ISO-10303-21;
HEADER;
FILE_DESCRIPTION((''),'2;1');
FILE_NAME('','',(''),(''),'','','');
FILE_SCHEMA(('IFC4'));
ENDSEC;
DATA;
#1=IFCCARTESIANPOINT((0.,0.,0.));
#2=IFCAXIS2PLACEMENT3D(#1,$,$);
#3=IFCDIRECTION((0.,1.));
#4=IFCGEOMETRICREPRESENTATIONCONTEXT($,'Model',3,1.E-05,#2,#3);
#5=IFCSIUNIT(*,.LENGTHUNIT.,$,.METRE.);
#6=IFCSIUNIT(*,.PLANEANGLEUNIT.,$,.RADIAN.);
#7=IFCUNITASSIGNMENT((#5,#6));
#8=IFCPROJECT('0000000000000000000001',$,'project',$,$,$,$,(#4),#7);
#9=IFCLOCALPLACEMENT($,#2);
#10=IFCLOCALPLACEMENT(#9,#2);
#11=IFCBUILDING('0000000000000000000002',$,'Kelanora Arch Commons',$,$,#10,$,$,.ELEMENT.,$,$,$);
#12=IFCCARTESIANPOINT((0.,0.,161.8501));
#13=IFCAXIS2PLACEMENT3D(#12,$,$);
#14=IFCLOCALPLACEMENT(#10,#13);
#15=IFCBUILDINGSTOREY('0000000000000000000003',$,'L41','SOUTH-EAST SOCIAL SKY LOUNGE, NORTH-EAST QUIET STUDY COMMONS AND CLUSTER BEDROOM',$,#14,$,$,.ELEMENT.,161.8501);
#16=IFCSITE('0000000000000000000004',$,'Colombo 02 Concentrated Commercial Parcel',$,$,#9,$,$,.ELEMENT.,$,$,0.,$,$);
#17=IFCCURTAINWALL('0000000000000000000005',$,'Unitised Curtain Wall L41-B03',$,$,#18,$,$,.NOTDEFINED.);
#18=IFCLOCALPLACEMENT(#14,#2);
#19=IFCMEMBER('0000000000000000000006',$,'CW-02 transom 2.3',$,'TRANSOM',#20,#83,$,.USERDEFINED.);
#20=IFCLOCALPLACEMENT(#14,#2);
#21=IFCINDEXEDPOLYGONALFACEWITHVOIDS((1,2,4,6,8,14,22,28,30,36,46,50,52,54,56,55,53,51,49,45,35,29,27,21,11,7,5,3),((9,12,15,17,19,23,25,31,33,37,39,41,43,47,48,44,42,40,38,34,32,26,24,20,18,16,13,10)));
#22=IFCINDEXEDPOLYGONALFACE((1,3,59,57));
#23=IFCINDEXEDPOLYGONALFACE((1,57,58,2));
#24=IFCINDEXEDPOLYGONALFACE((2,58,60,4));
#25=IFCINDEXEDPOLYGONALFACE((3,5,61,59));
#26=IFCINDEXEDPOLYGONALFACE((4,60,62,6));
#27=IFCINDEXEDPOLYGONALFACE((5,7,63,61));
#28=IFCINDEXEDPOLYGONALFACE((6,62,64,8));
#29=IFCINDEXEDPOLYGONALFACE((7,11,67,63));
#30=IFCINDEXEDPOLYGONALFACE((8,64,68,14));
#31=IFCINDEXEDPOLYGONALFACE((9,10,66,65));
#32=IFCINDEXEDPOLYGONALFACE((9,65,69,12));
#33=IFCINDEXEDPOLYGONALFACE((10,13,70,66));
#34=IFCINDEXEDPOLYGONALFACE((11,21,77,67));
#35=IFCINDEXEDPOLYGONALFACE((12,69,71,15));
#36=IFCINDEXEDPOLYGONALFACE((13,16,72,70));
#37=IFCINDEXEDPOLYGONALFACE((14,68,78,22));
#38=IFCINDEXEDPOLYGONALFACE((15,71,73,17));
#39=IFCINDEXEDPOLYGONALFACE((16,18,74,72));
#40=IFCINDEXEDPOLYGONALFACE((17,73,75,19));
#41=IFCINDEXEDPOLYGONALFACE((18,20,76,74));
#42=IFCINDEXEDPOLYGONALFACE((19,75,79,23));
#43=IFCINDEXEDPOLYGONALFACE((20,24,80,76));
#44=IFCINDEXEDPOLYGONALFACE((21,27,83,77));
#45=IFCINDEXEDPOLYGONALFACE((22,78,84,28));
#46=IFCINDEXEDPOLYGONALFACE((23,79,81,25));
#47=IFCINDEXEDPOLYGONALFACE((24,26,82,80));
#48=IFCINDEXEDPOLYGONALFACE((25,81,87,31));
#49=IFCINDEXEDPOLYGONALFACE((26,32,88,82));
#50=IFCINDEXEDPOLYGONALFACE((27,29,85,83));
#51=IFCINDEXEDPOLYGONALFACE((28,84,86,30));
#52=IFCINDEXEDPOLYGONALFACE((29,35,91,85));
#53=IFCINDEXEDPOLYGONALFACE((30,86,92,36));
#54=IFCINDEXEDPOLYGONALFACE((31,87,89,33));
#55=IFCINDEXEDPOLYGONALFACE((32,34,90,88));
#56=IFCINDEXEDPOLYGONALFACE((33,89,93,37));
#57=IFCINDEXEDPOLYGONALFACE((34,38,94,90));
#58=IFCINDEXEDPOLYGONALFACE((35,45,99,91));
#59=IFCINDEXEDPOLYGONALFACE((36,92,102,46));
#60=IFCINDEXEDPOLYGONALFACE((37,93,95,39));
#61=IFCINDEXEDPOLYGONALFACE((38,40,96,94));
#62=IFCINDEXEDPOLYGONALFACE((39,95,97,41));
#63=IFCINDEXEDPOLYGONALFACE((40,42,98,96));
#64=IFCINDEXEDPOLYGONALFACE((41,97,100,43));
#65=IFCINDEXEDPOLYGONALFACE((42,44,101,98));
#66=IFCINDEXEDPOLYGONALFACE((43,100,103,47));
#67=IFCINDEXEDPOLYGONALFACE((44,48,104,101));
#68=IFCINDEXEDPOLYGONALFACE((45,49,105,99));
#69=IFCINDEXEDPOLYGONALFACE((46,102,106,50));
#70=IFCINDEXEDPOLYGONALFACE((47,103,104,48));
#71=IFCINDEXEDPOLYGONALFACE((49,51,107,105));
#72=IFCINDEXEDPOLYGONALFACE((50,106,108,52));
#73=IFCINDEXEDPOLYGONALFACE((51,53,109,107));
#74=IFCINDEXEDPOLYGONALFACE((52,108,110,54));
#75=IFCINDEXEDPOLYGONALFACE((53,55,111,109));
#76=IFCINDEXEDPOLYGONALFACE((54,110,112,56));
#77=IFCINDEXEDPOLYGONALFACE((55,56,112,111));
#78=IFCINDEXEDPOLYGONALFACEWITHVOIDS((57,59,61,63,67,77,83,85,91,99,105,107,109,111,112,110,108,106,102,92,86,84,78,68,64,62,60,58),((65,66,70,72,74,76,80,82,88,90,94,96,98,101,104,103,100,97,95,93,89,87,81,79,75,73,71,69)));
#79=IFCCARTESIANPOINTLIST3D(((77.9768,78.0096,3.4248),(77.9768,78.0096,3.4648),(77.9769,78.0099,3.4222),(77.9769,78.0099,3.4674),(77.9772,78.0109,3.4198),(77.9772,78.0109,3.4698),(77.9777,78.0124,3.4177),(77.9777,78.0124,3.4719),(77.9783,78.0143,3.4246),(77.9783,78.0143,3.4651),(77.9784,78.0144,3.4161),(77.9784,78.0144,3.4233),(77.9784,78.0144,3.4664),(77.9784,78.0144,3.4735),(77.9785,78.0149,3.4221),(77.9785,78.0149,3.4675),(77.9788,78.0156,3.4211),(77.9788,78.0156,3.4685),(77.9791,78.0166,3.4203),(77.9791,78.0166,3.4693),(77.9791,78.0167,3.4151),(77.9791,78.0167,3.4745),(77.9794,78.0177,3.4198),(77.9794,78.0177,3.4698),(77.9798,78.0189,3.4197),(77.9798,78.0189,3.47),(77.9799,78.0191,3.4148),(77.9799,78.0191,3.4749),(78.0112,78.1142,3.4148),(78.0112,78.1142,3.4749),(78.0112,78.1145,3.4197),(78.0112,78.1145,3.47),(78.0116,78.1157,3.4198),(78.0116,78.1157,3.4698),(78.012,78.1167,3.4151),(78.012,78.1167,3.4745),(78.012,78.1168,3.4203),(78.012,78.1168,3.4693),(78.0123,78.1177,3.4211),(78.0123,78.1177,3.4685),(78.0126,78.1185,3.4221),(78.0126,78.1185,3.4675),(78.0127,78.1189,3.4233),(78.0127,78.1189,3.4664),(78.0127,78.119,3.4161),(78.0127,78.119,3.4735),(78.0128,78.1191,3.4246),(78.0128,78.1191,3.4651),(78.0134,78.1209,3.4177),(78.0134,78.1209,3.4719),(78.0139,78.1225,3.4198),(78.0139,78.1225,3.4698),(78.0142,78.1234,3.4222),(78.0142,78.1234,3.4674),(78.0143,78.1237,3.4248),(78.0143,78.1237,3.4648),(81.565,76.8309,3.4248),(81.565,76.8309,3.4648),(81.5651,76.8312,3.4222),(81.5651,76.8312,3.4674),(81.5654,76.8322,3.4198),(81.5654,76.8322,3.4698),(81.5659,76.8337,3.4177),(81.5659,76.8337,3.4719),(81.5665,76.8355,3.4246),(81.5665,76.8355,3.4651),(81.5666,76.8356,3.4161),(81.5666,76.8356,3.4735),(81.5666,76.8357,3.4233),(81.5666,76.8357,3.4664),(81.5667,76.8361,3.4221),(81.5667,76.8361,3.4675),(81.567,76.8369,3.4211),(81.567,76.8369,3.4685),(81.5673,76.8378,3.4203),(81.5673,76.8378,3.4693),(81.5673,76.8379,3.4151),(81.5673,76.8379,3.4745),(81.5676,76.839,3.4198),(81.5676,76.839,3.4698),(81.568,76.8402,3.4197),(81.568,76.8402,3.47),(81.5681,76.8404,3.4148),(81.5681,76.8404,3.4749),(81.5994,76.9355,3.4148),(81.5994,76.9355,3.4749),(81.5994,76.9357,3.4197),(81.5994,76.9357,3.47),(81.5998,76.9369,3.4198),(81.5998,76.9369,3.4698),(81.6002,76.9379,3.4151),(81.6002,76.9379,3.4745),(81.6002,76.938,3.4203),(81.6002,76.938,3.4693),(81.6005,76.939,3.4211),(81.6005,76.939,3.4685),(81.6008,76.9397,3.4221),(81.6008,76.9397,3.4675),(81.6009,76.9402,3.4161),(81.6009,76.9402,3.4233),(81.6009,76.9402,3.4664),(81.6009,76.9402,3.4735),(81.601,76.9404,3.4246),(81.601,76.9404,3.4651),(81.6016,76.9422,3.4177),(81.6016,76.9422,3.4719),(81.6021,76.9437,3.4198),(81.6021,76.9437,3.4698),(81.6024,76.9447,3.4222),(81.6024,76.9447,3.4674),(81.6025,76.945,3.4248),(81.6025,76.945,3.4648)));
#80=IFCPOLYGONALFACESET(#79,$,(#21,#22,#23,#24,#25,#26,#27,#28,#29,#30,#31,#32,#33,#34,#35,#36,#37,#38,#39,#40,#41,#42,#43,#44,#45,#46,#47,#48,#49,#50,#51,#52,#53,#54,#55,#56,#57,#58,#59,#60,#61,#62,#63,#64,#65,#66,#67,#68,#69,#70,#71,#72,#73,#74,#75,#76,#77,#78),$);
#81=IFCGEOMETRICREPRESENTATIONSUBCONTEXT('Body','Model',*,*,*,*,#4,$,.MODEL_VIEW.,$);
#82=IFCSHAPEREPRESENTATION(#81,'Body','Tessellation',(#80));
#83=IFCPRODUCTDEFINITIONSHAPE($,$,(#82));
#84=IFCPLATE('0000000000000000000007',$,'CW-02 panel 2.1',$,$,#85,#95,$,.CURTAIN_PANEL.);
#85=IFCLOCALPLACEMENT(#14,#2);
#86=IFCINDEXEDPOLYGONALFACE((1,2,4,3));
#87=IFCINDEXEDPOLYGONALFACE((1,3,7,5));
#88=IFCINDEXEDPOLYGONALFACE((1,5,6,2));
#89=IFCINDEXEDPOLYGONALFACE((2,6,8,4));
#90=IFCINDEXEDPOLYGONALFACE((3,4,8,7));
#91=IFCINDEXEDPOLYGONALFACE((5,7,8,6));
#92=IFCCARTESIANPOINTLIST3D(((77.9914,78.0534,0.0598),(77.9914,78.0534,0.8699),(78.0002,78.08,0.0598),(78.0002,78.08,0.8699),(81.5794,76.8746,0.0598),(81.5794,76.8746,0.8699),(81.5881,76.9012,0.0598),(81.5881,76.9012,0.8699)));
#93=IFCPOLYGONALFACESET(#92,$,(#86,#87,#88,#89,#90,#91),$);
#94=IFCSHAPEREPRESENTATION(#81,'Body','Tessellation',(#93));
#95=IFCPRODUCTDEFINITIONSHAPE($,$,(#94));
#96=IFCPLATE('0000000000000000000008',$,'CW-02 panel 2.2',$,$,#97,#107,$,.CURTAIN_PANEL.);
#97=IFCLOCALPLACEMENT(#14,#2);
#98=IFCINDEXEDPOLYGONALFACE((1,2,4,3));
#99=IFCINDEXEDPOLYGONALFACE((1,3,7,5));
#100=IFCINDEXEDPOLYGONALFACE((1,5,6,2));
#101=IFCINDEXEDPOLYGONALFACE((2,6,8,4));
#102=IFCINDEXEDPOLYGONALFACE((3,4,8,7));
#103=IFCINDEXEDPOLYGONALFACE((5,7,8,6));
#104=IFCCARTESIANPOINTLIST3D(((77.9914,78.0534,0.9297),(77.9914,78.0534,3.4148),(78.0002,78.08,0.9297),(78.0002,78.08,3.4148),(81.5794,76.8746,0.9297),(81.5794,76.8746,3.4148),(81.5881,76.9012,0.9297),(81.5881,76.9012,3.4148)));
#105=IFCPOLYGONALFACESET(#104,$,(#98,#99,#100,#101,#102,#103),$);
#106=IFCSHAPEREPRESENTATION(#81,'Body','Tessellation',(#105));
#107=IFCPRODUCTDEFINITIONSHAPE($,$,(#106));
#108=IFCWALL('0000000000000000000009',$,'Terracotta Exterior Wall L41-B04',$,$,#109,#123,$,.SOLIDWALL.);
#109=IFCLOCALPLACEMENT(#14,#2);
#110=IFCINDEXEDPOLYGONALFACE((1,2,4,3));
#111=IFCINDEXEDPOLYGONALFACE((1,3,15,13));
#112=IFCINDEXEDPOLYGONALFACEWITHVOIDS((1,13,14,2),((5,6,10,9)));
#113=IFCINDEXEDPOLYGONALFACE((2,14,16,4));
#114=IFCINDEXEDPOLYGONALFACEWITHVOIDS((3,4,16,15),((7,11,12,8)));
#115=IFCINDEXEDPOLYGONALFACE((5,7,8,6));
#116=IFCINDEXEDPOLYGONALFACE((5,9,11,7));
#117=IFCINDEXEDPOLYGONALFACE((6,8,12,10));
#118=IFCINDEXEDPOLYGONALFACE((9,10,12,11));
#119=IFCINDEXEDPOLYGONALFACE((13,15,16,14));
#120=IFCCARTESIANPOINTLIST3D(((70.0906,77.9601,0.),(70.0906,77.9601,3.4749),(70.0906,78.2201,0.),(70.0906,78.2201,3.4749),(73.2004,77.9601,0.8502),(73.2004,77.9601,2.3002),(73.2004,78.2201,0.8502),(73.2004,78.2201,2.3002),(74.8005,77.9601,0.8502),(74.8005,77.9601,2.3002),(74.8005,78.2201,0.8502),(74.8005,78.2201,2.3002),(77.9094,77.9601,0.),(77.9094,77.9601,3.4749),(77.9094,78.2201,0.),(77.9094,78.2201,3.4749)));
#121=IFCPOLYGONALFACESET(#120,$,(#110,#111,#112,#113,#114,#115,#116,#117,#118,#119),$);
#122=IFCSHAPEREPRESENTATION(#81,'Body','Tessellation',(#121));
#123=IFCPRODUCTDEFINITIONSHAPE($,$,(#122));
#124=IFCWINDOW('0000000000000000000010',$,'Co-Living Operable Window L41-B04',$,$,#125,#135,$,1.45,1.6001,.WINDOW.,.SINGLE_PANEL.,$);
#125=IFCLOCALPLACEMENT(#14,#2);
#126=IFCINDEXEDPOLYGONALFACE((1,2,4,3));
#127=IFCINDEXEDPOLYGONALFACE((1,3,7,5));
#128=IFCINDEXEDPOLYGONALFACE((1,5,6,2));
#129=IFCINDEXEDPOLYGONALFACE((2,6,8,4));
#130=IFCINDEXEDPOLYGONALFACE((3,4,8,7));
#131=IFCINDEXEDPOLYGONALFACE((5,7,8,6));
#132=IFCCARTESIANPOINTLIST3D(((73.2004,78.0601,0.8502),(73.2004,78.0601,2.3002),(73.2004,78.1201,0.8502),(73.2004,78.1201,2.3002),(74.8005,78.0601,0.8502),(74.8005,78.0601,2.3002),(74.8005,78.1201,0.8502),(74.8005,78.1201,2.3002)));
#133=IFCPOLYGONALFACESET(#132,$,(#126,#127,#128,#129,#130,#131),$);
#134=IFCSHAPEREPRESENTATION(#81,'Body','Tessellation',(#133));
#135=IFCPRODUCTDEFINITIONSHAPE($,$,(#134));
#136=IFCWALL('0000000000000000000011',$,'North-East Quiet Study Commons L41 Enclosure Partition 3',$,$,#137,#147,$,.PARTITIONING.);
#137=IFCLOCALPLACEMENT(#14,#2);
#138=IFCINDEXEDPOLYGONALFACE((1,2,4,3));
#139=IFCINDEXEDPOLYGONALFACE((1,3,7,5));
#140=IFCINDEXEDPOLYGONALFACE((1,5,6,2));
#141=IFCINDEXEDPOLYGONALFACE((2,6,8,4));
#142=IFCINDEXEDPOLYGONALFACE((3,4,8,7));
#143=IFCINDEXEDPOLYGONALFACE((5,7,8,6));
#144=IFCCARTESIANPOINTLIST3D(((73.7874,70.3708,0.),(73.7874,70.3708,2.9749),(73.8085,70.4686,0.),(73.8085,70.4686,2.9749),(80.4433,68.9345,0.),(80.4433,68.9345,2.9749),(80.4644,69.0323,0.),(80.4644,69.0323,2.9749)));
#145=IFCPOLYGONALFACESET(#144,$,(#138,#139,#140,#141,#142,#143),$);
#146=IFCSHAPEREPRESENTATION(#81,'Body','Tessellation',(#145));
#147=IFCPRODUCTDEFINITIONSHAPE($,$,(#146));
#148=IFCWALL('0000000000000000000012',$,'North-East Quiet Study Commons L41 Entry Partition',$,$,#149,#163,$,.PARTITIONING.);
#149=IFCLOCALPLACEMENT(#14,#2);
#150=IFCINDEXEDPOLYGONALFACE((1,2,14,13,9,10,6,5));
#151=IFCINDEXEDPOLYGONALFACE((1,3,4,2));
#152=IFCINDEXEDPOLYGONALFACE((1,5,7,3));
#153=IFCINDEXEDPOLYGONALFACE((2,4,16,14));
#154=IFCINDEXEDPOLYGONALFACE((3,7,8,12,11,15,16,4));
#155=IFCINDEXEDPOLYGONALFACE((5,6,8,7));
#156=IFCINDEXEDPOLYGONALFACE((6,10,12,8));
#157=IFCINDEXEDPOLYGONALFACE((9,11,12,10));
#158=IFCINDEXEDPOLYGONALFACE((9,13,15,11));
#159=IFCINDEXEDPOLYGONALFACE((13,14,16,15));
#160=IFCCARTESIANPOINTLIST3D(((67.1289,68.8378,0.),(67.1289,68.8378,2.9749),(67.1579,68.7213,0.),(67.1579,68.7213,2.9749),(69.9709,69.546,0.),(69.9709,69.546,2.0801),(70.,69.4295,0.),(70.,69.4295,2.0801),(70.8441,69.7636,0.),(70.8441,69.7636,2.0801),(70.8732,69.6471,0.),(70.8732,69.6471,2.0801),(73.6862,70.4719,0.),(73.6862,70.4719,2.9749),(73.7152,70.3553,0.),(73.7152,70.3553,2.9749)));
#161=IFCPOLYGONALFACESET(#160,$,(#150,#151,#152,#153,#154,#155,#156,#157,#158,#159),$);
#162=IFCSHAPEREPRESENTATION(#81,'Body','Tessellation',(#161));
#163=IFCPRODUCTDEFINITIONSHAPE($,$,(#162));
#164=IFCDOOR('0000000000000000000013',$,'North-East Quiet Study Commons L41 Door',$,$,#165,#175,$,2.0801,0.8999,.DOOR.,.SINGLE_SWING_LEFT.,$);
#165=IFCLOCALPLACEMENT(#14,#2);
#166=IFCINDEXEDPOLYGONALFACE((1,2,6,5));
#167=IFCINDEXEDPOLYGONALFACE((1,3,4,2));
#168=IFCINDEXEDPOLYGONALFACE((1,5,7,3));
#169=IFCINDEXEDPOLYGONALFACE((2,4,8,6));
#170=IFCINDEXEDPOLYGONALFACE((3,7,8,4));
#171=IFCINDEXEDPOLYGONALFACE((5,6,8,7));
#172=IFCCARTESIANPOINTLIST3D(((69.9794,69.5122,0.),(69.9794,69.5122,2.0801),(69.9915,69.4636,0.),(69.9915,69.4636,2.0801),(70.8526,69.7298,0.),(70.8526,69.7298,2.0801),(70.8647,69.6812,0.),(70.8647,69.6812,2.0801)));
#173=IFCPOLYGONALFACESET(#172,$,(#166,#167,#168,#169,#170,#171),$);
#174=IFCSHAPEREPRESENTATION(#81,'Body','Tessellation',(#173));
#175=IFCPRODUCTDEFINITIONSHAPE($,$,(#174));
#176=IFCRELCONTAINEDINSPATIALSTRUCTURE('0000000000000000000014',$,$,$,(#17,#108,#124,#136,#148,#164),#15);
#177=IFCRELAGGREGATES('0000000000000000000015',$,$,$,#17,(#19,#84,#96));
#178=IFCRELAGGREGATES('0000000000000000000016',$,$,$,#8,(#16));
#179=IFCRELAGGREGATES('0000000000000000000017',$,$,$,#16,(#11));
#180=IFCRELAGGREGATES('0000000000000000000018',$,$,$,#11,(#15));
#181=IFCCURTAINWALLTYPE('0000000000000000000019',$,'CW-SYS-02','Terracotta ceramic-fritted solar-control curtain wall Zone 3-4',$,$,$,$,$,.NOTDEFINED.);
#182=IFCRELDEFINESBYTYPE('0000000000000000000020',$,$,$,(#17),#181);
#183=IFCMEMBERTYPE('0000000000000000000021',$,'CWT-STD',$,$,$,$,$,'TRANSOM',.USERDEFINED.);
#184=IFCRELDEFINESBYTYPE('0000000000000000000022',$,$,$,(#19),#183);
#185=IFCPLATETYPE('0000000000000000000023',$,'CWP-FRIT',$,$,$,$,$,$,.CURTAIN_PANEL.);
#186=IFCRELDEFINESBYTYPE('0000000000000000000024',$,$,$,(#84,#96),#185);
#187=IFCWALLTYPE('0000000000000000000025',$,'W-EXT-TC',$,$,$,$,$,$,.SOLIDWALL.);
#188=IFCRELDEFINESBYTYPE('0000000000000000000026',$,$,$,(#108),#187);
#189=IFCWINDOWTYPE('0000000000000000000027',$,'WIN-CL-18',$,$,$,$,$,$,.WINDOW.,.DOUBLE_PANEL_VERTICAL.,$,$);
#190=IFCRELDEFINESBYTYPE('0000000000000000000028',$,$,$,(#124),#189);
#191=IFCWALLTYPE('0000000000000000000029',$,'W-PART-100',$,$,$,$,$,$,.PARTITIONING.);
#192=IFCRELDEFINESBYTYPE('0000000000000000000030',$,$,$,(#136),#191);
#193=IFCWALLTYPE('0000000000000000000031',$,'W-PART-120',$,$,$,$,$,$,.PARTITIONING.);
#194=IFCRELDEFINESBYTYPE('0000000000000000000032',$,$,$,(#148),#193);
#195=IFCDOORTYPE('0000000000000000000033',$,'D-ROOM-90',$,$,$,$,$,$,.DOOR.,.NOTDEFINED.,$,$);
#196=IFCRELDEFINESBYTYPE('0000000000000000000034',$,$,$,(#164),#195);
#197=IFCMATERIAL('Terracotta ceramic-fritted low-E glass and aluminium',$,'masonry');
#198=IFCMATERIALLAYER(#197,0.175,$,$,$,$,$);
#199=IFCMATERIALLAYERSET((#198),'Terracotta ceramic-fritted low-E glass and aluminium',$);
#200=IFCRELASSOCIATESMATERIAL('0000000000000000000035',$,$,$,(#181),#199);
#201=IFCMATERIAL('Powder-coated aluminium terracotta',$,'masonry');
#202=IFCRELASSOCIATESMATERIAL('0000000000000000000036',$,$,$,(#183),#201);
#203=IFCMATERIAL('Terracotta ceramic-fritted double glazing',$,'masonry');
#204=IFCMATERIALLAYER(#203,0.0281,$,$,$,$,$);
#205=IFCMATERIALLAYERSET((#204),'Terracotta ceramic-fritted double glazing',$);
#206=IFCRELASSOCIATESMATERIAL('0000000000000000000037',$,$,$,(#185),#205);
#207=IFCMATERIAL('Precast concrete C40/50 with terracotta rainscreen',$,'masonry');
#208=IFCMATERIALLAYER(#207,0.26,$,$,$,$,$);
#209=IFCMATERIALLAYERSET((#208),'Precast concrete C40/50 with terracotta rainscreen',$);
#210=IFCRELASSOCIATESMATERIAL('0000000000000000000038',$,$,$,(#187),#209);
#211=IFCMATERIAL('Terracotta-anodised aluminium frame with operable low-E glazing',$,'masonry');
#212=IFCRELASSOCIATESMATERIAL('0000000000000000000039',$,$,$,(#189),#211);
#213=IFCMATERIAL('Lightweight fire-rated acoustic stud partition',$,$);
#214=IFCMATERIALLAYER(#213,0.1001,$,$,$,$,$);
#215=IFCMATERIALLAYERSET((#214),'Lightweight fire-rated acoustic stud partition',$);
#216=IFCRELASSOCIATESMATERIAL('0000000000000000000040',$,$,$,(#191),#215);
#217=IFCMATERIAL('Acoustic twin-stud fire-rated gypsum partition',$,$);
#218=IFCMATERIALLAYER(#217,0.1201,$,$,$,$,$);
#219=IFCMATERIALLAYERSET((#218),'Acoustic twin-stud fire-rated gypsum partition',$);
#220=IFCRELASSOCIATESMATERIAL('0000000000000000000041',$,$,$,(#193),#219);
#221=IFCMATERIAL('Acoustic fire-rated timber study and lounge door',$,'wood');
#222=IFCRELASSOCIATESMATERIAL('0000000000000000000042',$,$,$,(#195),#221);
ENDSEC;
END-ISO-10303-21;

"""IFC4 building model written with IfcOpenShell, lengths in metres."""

from ifc_helpers import new_model, si_unit, direction, frame, frame_2d, origin, origin_2d, place, context, subcontext, project, spatial, rectangle, hollow_rectangle, extrude, source, transform, mapped, material, layer, layer_set, material_profile, profile_set, type_object, element, fill, aggregate, save


model = new_model("IFC4")

# Units and contexts
model_context = context("Model", 3, precision=1e-05, world=origin(), true_north=direction((0.0, 1.0)))
body_context = subcontext(model_context, "Body", "Model", "MODEL_VIEW")
ifc_project = project(units=[si_unit("LENGTHUNIT", "METRE"), si_unit("PLANEANGLEUNIT", "RADIAN")], contexts=[model_context])

# Site, building, storey
site_placement = place(None, origin())
site = spatial("IfcSite", under=ifc_project, at=site_placement, Name="Colombo 02 Concentrated Commercial Parcel", CompositionType="ELEMENT", RefElevation=0.0)
building_placement = place(site_placement, origin())
building = spatial("IfcBuilding", under=site, at=building_placement, Name="Kelanora Arch Commons", CompositionType="ELEMENT")
storey_placement = place(building_placement, frame((0.0, 0.0, 161.8501)))
storey = spatial("IfcBuildingStorey", under=building, at=storey_placement, Name="L41", Description="SOUTH-EAST SOCIAL SKY LOUNGE, NORTH-EAST QUIET STUDY COMMONS AND CLUSTER BEDROOM", CompositionType="ELEMENT", Elevation=161.8501)

# Curtain wall, member, plates
ifc_material_1 = material(Name="Terracotta ceramic-fritted low-E glass and aluminium", Category="masonry")
ifc_layer_1 = layer(ifc_material_1, 0.175)
ifc_layer_set_1 = layer_set([ifc_layer_1], Name="Terracotta ceramic-fritted low-E glass and aluminium")
curtain_wall_type = type_object("IfcCurtainWallType", Name="CW-SYS-02", Description="Terracotta ceramic-fritted solar-control curtain wall Zone 3-4", PredefinedType="NOTDEFINED", material=ifc_layer_set_1)
curtain_wall_placement = place(storey_placement, origin())
curtain_wall = element("IfcCurtainWall", 1, at=curtain_wall_placement, inside=storey, type_object=curtain_wall_type, Name="Unitised Curtain Wall L41-B03", PredefinedType="NOTDEFINED")
ifc_material_2 = material(Name="Powder-coated aluminium terracotta", Category="masonry")
ifc_material_profile_1 = material_profile(ifc_material_2, hollow_rectangle(XDim=0.1201, YDim=0.0601, WallThickness=0.0049, InnerFilletRadius=0.0049, OuterFilletRadius=0.01, at=origin_2d()), Name="CWT120x60")
ifc_profile_set_1 = profile_set([ifc_material_profile_1], Name="Powder-coated aluminium terracotta")
member_type_1 = type_object("IfcMemberType", Name="CWT-STD", ElementType="TRANSOM", PredefinedType="USERDEFINED", material=ifc_profile_set_1)
member_1_placement = place(storey_placement, frame((81.5837, 76.8879, 3.4448), z_axis=(-0.950051, 0.312094, 0.0), x_axis=(-0.312094, -0.950051, 0.0)))
member_1 = element("IfcMember", 2, at=member_1_placement, type_object=member_type_1, Name="CW-02 transom 2.3", ObjectType="TRANSOM", PredefinedType="USERDEFINED", context=body_context, shape_type="SweptSolid", body=[
    extrude(hollow_rectangle(XDim=0.1201, YDim=0.0601, WallThickness=0.0049, InnerFilletRadius=0.0049, OuterFilletRadius=0.01, at=origin_2d()), origin(), (0.0, 0.0, 1.0), 3.7769),
])
ifc_material_3 = material(Name="Terracotta ceramic-fritted double glazing", Category="masonry")
ifc_layer_2 = layer(ifc_material_3, 0.0281)
ifc_layer_set_2 = layer_set([ifc_layer_2], Name="Terracotta ceramic-fritted double glazing")
plate_type = type_object("IfcPlateType", Name="CWP-FRIT", PredefinedType="CURTAIN_PANEL", material=ifc_layer_set_2)
shared_shape_1 = source(origin(), body_context, "Body", "SweptSolid", [
    extrude(rectangle(XDim=3.7766, YDim=0.0281, at=origin_2d()), origin(), (0.0, 0.0, 1.0), 0.8101),
])
plate_1_placement = place(storey_placement, frame((79.7898, 77.4773, 0.0598), z_axis=(0.0, 0.0, 1.0), x_axis=(-0.95004, 0.312128, 0.0)))
plate_1 = element("IfcPlate", 3, at=plate_1_placement, type_object=plate_type, Name="CW-02 panel 2.1", PredefinedType="CURTAIN_PANEL", context=body_context, shape_type="MappedRepresentation", body=[
    mapped(shared_shape_1, transform((0.0, 0.0, 0.0), scale=1.0)),
])
shared_shape_2 = source(origin(), body_context, "Body", "SweptSolid", [
    extrude(rectangle(XDim=3.7766, YDim=0.0281, at=origin_2d()), origin(), (0.0, 0.0, 1.0), 2.4851),
])
plate_2_placement = place(storey_placement, frame((79.7898, 77.4773, 0.9297), z_axis=(0.0, 0.0, 1.0), x_axis=(-0.95004, 0.312128, 0.0)))
plate_2 = element("IfcPlate", 4, at=plate_2_placement, type_object=plate_type, Name="CW-02 panel 2.2", PredefinedType="CURTAIN_PANEL", context=body_context, shape_type="MappedRepresentation", body=[
    mapped(shared_shape_2, transform((0.0, 0.0, 0.0), scale=1.0)),
])
aggregate(curtain_wall, [member_1, plate_1, plate_2])

# Wall, opening, window
ifc_material_4 = material(Name="Precast concrete C40/50 with terracotta rainscreen", Category="masonry")
ifc_layer_3 = layer(ifc_material_4, 0.26)
ifc_layer_set_3 = layer_set([ifc_layer_3], Name="Precast concrete C40/50 with terracotta rainscreen")
wall_type_1 = type_object("IfcWallType", Name="W-EXT-TC", PredefinedType="SOLIDWALL", material=ifc_layer_set_3)
wall_1_placement = place(storey_placement, frame((77.9094, 78.0901, 0.0), z_axis=(0.0, 0.0, 1.0), x_axis=(-1.0, 0.0, 0.0)))
wall_1 = element("IfcWall", 5, at=wall_1_placement, inside=storey, type_object=wall_type_1, Name="Terracotta Exterior Wall L41-B04", PredefinedType="SOLIDWALL", context=body_context, shape_type="SweptSolid", body=[
    extrude(rectangle(XDim=7.8188, YDim=0.26, at=frame_2d((3.9094, 0.0))), origin(), (0.0, 0.0, 1.0), 3.4749),
])
opening_1_placement = place(wall_1_placement, frame((3.1089, 0.0, 0.8501)))
opening_1 = element("IfcOpeningElement", 6, at=opening_1_placement, cuts=wall_1, PredefinedType="OPENING", context=body_context, shape_type="SweptSolid", body=[
    extrude(rectangle(XDim=1.6001, YDim=1.45, at=frame_2d((0.8, 0.7251))), frame((0.0, 0.1401, 0.0), z_axis=(0.0, -1.0, 0.0), x_axis=(1.0, 0.0, 0.0)), (0.0, 0.0, 1.0), 0.28),
])
ifc_material_5 = material(Name="Terracotta-anodised aluminium frame with operable low-E glazing", Category="masonry")
window_type = type_object("IfcWindowType", Name="WIN-CL-18", PartitioningType="DOUBLE_PANEL_VERTICAL", PredefinedType="WINDOW", material=ifc_material_5)
window_placement = place(opening_1_placement, origin())
window = element("IfcWindow", 7, at=window_placement, inside=storey, type_object=window_type, Name="Co-Living Operable Window L41-B04", OverallHeight=1.45, OverallWidth=1.6001, PartitioningType="SINGLE_PANEL", PredefinedType="WINDOW", context=body_context, shape_type="SweptSolid", body=[
    extrude(rectangle(XDim=1.6001, YDim=1.45, at=frame_2d((0.8, 0.7251))), frame((0.0, 0.03, 0.0), z_axis=(0.0, -1.0, 0.0), x_axis=(1.0, 0.0, 0.0)), (0.0, 0.0, 1.0), 0.0601),
])
fill(opening_1, window)

# Wall
ifc_material_6 = material(Name="Lightweight fire-rated acoustic stud partition")
ifc_layer_4 = layer(ifc_material_6, 0.1001)
ifc_layer_set_4 = layer_set([ifc_layer_4], Name="Lightweight fire-rated acoustic stud partition")
wall_type_2 = type_object("IfcWallType", Name="W-PART-100", PredefinedType="PARTITIONING", material=ifc_layer_set_4)
wall_2_placement = place(storey_placement, frame((80.4539, 68.9834, 0.0), z_axis=(0.0, 0.0, 1.0), x_axis=(-0.977499, 0.210939, 0.0)))
element("IfcWall", 8, at=wall_2_placement, inside=storey, type_object=wall_type_2, Name="North-East Quiet Study Commons L41 Enclosure Partition 3", PredefinedType="PARTITIONING", context=body_context, shape_type="SweptSolid", body=[
    extrude(rectangle(XDim=6.8091, YDim=0.1001, at=frame_2d((3.4045, 0.0))), origin(), (0.0, 0.0, 1.0), 2.9749),
])

# Wall, opening, door
ifc_material_7 = material(Name="Acoustic twin-stud fire-rated gypsum partition")
ifc_layer_5 = layer(ifc_material_7, 0.1201)
ifc_layer_set_5 = layer_set([ifc_layer_5], Name="Acoustic twin-stud fire-rated gypsum partition")
wall_type_3 = type_object("IfcWallType", Name="W-PART-120", PredefinedType="PARTITIONING", material=ifc_layer_set_5)
wall_3_placement = place(storey_placement, frame((73.7007, 70.4136, 0.0), z_axis=(0.0, 0.0, 1.0), x_axis=(-0.970327, -0.241796, 0.0)))
wall_3 = element("IfcWall", 9, at=wall_3_placement, inside=storey, type_object=wall_type_3, Name="North-East Quiet Study Commons L41 Entry Partition", PredefinedType="PARTITIONING", context=body_context, shape_type="SweptSolid", body=[
    extrude(rectangle(XDim=6.7578, YDim=0.1201, at=frame_2d((3.3789, 0.0))), origin(), (0.0, 0.0, 1.0), 2.9749),
])
opening_2_placement = place(wall_3_placement, frame((2.929, 0.0, 0.0)))
opening_2 = element("IfcOpeningElement", 10, at=opening_2_placement, cuts=wall_3, PredefinedType="OPENING", context=body_context, shape_type="SweptSolid", body=[
    extrude(rectangle(XDim=0.8999, YDim=2.0801, at=frame_2d((0.45, 1.04))), frame((0.0, 0.0701, 0.0), z_axis=(0.0, -1.0, 0.0), x_axis=(1.0, 0.0, 0.0)), (0.0, 0.0, 1.0), 0.1401),
])
ifc_material_8 = material(Name="Acoustic fire-rated timber study and lounge door", Category="wood")
door_type = type_object("IfcDoorType", Name="D-ROOM-90", OperationType="NOTDEFINED", PredefinedType="DOOR", material=ifc_material_8)
door_placement = place(opening_2_placement, origin())
door = element("IfcDoor", 11, at=door_placement, inside=storey, type_object=door_type, Name="North-East Quiet Study Commons L41 Door", OperationType="SINGLE_SWING_LEFT", OverallHeight=2.0801, OverallWidth=0.8999, PredefinedType="DOOR", context=body_context, shape_type="SweptSolid", body=[
    extrude(rectangle(XDim=0.8999, YDim=2.0801, at=frame_2d((0.45, 1.04))), frame((0.0, 0.0249, 0.0), z_axis=(0.0, -1.0, 0.0), x_axis=(1.0, 0.0, 0.0)), (0.0, 0.0, 1.0), 0.05),
])
fill(opening_2, door)

save(model, "model.ifc")
